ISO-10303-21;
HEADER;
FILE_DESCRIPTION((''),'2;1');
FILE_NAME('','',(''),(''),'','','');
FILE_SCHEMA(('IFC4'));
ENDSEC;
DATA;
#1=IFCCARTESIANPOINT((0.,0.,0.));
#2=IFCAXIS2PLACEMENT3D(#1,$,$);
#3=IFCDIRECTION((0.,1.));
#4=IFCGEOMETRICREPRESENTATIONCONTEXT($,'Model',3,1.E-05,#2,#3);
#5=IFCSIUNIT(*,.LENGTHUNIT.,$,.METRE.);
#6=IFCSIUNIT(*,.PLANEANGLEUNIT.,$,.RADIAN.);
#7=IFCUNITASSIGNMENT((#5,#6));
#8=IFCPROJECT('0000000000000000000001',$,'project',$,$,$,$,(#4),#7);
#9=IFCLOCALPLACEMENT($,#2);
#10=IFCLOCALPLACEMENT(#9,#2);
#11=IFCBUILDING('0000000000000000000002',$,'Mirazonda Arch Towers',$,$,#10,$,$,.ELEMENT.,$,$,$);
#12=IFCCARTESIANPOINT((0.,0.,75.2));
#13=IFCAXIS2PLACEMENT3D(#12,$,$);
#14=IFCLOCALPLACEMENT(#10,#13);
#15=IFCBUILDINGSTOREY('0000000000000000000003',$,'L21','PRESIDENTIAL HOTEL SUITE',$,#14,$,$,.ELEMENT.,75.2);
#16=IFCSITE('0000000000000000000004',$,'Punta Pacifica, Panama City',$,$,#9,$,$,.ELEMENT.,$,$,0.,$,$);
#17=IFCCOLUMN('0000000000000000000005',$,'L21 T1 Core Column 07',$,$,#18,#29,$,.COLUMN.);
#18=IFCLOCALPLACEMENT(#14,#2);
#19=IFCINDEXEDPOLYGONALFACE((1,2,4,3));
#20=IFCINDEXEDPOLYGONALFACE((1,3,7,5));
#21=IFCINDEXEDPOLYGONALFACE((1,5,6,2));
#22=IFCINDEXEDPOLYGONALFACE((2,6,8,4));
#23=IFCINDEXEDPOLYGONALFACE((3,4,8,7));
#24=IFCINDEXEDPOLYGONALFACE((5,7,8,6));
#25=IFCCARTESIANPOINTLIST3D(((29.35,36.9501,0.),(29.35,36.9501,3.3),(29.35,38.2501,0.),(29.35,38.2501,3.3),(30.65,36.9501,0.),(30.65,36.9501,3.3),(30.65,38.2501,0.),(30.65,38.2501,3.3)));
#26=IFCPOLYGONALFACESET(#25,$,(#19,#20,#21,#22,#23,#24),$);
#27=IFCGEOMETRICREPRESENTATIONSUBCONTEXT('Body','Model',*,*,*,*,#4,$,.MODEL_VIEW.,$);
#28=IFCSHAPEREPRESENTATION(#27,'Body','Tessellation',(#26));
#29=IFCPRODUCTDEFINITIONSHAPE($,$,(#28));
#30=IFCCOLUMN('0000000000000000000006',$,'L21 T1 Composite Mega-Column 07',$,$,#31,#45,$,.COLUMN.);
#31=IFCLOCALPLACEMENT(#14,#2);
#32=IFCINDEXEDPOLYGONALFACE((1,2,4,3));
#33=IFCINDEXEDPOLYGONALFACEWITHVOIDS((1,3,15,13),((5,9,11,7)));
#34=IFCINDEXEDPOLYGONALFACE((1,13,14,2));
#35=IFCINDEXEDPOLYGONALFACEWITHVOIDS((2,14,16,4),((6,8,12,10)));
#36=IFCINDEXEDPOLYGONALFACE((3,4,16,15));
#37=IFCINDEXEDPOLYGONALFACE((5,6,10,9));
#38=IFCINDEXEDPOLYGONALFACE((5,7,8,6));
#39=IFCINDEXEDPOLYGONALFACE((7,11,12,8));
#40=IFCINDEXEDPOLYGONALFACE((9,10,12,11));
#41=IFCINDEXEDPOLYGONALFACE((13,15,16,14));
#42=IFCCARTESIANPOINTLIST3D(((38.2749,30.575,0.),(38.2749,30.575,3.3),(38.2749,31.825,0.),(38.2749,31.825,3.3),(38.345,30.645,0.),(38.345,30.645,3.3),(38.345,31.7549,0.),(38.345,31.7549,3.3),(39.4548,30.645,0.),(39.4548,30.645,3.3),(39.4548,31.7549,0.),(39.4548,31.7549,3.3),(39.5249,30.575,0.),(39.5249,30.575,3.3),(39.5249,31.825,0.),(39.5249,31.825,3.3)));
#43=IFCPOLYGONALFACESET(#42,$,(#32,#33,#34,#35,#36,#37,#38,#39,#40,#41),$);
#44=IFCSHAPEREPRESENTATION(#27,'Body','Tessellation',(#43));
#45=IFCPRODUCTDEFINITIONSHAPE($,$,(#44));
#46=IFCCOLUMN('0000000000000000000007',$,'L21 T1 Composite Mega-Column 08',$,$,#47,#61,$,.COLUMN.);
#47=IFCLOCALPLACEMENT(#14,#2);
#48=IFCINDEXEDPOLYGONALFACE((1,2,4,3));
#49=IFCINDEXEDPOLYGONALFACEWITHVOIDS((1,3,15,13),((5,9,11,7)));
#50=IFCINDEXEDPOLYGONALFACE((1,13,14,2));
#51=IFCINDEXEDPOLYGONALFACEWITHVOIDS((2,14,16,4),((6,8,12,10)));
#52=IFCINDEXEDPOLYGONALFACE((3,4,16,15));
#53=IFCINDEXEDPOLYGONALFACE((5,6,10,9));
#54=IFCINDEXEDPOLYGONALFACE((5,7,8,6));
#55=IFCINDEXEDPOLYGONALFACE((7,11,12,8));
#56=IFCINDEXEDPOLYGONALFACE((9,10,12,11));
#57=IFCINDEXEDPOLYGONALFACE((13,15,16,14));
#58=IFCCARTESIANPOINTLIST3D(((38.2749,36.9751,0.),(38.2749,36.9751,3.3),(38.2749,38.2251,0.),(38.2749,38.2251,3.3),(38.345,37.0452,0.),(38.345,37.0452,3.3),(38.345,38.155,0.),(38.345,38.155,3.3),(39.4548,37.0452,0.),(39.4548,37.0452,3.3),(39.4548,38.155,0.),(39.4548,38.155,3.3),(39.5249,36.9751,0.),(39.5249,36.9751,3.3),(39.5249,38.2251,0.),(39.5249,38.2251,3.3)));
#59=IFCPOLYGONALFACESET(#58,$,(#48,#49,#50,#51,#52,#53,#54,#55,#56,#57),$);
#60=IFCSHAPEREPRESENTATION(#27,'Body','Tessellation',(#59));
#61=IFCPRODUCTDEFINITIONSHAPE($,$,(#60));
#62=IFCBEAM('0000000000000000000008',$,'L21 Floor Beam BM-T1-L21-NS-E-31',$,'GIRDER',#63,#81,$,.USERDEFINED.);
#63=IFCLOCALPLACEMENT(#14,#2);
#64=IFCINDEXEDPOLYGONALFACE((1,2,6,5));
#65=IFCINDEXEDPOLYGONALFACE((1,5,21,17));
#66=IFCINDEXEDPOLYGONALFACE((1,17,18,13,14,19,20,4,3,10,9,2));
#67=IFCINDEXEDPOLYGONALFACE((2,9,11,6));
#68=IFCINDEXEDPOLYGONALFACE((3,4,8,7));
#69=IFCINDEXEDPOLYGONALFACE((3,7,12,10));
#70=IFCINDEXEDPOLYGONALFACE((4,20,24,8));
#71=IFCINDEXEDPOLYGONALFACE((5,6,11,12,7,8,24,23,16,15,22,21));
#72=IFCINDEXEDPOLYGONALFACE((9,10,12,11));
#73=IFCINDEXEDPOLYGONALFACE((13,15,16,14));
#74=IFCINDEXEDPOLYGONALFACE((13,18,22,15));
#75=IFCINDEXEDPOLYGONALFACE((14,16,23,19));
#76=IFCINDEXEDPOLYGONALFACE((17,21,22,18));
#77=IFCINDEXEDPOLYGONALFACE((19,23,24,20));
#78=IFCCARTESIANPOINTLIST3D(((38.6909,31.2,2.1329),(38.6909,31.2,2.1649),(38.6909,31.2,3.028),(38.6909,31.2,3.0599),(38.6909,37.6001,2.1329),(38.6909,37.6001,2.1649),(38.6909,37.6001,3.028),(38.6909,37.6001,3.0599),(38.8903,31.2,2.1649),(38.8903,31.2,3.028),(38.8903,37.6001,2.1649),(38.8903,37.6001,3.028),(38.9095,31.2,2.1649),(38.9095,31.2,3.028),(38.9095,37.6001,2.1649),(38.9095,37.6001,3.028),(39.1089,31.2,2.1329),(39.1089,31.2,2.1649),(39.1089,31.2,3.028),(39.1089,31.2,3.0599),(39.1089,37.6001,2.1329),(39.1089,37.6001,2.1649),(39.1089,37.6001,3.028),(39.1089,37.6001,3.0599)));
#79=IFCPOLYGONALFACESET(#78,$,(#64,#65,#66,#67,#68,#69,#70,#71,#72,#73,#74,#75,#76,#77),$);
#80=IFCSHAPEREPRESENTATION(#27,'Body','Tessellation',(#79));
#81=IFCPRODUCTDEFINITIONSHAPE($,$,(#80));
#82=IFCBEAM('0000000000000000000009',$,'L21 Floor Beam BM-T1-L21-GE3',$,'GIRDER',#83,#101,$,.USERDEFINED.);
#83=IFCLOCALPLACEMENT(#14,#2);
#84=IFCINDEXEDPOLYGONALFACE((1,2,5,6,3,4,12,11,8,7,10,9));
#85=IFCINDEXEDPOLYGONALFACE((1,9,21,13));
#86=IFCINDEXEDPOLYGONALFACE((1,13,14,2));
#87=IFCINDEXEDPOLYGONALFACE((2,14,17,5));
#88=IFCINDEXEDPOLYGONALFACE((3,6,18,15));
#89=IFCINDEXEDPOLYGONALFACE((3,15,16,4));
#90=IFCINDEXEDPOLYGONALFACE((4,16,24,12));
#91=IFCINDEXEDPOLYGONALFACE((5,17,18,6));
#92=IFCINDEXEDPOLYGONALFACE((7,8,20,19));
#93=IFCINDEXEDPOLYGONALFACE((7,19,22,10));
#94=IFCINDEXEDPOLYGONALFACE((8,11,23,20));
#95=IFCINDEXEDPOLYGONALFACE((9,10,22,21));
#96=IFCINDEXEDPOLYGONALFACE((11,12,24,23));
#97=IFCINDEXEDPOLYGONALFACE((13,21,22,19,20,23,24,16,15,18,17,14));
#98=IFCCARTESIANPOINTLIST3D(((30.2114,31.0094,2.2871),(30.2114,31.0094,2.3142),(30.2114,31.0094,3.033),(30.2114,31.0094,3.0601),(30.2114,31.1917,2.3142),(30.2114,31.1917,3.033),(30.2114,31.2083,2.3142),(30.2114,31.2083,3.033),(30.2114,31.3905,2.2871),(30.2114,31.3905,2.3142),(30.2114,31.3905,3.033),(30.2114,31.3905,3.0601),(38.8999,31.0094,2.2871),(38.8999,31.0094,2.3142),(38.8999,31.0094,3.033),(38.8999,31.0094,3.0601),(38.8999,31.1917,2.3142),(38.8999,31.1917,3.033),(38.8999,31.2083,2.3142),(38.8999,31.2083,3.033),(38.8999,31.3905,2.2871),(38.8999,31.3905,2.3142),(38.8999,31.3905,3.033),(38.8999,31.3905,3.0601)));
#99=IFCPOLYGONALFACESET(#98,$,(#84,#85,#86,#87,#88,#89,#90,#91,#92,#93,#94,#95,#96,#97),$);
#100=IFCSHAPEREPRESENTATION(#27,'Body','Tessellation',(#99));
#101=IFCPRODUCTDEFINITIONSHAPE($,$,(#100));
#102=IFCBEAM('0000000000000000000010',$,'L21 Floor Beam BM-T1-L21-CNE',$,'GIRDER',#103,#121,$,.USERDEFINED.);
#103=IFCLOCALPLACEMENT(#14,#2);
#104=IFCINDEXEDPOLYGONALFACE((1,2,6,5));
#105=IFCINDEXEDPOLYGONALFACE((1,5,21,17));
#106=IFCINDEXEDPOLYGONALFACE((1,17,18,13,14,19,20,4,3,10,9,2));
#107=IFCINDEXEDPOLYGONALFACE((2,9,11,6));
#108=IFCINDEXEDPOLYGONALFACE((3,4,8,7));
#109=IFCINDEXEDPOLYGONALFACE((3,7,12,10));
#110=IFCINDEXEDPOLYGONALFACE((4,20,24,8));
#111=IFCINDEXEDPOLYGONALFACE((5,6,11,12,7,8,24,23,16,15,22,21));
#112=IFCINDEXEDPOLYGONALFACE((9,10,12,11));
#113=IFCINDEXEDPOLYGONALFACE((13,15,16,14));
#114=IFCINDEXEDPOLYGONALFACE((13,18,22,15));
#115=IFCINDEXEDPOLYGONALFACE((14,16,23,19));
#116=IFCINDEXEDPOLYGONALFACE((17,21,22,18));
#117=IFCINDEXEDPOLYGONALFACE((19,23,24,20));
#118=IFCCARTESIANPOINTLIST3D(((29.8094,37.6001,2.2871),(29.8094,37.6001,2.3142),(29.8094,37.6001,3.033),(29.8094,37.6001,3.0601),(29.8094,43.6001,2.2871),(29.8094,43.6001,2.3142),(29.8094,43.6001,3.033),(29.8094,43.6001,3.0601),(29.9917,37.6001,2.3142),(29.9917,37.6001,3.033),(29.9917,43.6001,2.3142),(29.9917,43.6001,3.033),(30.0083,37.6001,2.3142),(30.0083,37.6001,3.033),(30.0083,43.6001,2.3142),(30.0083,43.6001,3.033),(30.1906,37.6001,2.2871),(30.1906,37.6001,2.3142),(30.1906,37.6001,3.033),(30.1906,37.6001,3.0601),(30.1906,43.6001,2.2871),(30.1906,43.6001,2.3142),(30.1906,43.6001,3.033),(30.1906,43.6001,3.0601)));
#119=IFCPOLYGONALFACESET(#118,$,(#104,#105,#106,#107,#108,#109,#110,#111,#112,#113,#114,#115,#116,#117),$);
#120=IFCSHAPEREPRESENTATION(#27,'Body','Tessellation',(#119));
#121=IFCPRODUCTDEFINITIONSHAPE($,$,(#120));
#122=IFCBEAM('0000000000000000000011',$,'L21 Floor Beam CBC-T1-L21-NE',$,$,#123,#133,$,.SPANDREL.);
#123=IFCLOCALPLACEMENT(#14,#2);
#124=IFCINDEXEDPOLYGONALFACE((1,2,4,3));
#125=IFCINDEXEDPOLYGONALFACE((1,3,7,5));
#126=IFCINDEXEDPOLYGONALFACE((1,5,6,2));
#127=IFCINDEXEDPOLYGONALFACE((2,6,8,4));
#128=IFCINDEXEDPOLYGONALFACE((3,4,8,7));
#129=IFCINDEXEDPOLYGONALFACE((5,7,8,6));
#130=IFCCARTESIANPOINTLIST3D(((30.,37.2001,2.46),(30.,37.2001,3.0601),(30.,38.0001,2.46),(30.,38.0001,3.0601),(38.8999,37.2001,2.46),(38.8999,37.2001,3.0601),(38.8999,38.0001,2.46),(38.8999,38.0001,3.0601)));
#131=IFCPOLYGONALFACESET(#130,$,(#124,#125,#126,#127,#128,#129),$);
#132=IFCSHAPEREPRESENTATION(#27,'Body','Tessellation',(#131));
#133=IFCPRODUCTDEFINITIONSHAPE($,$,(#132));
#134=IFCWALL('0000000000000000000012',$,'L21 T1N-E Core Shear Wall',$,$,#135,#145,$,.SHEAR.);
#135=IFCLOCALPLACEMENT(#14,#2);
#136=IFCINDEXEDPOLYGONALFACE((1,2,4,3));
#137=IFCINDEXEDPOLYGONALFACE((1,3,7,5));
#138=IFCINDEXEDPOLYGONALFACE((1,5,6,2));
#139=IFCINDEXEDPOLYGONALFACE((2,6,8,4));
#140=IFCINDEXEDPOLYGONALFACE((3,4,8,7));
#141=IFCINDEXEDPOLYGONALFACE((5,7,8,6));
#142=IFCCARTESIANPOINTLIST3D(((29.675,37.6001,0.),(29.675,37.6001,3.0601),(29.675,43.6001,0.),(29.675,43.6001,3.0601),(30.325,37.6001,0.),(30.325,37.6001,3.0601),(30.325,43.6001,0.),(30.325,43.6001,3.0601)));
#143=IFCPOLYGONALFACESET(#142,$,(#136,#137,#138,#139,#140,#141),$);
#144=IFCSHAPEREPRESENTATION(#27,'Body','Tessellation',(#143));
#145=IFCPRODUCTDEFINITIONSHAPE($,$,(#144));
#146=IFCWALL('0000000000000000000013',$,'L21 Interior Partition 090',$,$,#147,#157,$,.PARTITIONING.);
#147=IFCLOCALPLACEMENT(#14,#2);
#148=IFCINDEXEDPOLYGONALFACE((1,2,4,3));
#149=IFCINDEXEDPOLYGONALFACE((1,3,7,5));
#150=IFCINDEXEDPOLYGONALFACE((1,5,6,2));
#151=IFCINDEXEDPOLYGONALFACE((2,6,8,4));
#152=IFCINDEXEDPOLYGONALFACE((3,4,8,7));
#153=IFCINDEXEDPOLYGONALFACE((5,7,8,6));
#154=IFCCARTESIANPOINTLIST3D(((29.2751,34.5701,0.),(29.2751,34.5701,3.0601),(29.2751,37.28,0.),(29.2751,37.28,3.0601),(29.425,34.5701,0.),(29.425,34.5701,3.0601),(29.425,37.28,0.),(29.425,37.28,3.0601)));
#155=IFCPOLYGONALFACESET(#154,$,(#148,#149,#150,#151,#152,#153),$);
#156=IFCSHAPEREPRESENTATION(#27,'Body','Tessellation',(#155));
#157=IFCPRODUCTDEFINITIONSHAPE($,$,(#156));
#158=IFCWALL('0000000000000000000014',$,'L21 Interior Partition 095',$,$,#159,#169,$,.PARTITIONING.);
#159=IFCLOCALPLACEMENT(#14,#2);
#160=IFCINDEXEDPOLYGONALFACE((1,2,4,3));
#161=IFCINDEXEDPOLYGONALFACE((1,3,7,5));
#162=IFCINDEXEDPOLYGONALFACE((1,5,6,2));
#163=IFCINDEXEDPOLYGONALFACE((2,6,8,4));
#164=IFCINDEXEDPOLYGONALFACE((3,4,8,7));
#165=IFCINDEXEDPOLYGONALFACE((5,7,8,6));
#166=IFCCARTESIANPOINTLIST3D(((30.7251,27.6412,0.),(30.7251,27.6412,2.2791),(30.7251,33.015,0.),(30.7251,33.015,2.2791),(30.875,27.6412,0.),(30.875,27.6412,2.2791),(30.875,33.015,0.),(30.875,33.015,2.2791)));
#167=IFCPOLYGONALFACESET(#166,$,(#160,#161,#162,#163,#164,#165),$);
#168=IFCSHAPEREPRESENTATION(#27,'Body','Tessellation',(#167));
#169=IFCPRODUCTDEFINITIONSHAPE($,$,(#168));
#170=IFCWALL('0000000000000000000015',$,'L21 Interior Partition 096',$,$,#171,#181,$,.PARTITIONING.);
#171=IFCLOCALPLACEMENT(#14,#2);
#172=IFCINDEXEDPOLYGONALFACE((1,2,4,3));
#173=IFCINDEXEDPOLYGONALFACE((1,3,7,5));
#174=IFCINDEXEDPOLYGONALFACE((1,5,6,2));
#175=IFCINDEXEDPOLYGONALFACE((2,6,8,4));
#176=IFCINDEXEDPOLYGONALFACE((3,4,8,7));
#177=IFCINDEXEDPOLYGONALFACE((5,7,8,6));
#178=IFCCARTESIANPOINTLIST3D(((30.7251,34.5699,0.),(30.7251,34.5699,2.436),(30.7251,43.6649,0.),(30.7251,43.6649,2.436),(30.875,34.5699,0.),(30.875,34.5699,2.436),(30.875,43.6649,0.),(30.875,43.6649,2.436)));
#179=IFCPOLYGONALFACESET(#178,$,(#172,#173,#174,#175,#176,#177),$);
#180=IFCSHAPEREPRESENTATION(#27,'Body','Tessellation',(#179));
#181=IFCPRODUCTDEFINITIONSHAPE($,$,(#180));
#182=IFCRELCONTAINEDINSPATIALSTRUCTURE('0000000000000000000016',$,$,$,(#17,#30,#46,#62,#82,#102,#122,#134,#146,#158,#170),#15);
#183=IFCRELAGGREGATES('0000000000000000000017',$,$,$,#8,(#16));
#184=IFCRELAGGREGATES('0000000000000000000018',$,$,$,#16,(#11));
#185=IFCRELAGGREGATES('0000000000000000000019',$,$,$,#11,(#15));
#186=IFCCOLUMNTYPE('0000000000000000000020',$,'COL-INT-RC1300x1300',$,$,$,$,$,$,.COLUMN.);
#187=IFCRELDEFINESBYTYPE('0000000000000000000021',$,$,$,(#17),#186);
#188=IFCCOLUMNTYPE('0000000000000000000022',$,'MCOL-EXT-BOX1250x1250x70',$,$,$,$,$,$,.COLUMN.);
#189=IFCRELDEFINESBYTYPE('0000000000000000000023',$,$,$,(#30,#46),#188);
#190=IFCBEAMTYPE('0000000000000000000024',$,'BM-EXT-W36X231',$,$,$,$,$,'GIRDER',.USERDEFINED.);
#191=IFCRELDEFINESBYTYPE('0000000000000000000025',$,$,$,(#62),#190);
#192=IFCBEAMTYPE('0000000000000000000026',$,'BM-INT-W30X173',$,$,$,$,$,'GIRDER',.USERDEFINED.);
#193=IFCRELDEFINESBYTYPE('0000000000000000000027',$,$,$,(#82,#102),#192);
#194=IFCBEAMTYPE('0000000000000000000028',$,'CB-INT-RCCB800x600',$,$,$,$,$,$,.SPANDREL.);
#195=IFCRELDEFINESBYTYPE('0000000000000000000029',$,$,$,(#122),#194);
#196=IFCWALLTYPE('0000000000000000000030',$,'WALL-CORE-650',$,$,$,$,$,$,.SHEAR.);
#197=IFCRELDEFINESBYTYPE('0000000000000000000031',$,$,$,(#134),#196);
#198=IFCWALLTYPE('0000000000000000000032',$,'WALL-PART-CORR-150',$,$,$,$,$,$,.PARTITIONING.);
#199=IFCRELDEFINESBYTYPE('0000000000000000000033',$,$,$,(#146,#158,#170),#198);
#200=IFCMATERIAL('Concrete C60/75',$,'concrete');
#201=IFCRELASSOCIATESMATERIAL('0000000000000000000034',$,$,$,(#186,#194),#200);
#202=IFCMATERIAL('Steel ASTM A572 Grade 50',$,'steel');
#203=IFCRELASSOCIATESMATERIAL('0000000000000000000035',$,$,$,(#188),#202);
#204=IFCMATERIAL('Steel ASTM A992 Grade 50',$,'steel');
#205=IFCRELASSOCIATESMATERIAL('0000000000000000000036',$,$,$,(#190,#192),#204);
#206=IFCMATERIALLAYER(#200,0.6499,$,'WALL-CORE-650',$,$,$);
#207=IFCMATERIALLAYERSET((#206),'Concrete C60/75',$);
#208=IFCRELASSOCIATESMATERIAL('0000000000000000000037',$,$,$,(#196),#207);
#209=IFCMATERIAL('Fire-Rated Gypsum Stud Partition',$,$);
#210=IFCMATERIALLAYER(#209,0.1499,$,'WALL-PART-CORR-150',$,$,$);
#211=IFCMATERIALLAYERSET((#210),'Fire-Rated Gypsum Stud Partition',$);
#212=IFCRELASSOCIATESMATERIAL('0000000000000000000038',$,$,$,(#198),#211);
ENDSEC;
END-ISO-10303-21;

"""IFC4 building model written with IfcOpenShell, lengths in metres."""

from ifc_helpers import new_model, si_unit, direction, frame, frame_2d, origin, origin_2d, place, context, subcontext, project, spatial, rectangle, hollow_rectangle, i_section, extrude, material, layer, layer_set, material_profile, profile_set, type_object, element, save


model = new_model("IFC4")

# Units and contexts
model_context = context("Model", 3, precision=1e-05, world=origin(), true_north=direction((0.0, 1.0)))
body_context = subcontext(model_context, "Body", "Model", "MODEL_VIEW")
ifc_project = project(units=[si_unit("LENGTHUNIT", "METRE"), si_unit("PLANEANGLEUNIT", "RADIAN")], contexts=[model_context])

# Site, building, storey
site_placement = place(None, origin())
site = spatial("IfcSite", under=ifc_project, at=site_placement, Name="Punta Pacifica, Panama City", CompositionType="ELEMENT", RefElevation=0.0)
building_placement = place(site_placement, origin())
building = spatial("IfcBuilding", under=site, at=building_placement, Name="Mirazonda Arch Towers", CompositionType="ELEMENT")
storey_placement = place(building_placement, frame((0.0, 0.0, 75.2)))
storey = spatial("IfcBuildingStorey", under=building, at=storey_placement, Name="L21", Description="PRESIDENTIAL HOTEL SUITE", CompositionType="ELEMENT", Elevation=75.2)

# Columns
ifc_material_1 = material(Name="Concrete C60/75", Category="concrete")
ifc_material_profile_1 = material_profile(ifc_material_1, rectangle(XDim=1.3, YDim=1.3, at=origin_2d()), Name="RC1300x1300")
ifc_profile_set_1 = profile_set([ifc_material_profile_1], Name="Concrete C60/75")
column_type_1 = type_object("IfcColumnType", Name="COL-INT-RC1300x1300", PredefinedType="COLUMN", material=ifc_profile_set_1)
column_placement = place(storey_placement, frame((30.0, 37.6001, 0.0), z_axis=(0.0, 0.0, 1.0), x_axis=(1.0, 0.0, 0.0)))
element("IfcColumn", 1, at=column_placement, inside=storey, type_object=column_type_1, Name="L21 T1 Core Column 07", PredefinedType="COLUMN", context=body_context, shape_type="SweptSolid", body=[
    extrude(rectangle(XDim=1.3, YDim=1.3, at=origin_2d()), origin(), (0.0, 0.0, 1.0), 3.3),
])
ifc_material_2 = material(Name="Steel ASTM A572 Grade 50", Category="steel")
ifc_material_profile_2 = material_profile(ifc_material_2, hollow_rectangle(XDim=1.25, YDim=1.25, WallThickness=0.0701, at=origin_2d()), Name="BOX1250x1250x70")
ifc_profile_set_2 = profile_set([ifc_material_profile_2], Name="Steel ASTM A572 Grade 50")
column_type_2 = type_object("IfcColumnType", Name="MCOL-EXT-BOX1250x1250x70", PredefinedType="COLUMN", material=ifc_profile_set_2)
for number, where, z_axis, x_axis, name in (
    (2, (38.8999, 31.2, 0.0), (0.0, 0.0, 1.0), (1.0, 0.0, 0.0), "L21 T1 Composite Mega-Column 07"),
    (3, (38.8999, 37.6001, 0.0), (0.0, 0.0, 1.0), (1.0, 0.0, 0.0), "L21 T1 Composite Mega-Column 08"),
):
    element("IfcColumn", number, at=place(storey_placement, frame(where, z_axis=z_axis, x_axis=x_axis)), inside=storey, type_object=column_type_2, Name=name, PredefinedType="COLUMN", context=body_context, shape_type="SweptSolid", body=[
        extrude(hollow_rectangle(XDim=1.25, YDim=1.25, WallThickness=0.0701, at=origin_2d()), origin(), (0.0, 0.0, 1.0), 3.3),
    ])

# Beams
ifc_material_3 = material(Name="Steel ASTM A992 Grade 50", Category="steel")
ifc_material_profile_3 = material_profile(ifc_material_3, i_section(OverallWidth=0.418, OverallDepth=0.927, WebThickness=0.0193, FlangeThickness=0.032, at=origin_2d()), Name="W36X231")
ifc_profile_set_3 = profile_set([ifc_material_profile_3], Name="Steel ASTM A992 Grade 50")
beam_type_1 = type_object("IfcBeamType", Name="BM-EXT-W36X231", ElementType="GIRDER", PredefinedType="USERDEFINED", material=ifc_profile_set_3)
beam_1_placement = place(storey_placement, frame((38.8999, 31.2, 2.5964), z_axis=(0.0, 1.0, 0.0), x_axis=(-1.0, 0.0, 0.0)))
element("IfcBeam", 4, at=beam_1_placement, inside=storey, type_object=beam_type_1, Name="L21 Floor Beam BM-T1-L21-NS-E-31", ObjectType="GIRDER", PredefinedType="USERDEFINED", context=body_context, shape_type="SweptSolid", body=[
    extrude(i_section(OverallWidth=0.418, OverallDepth=0.927, WebThickness=0.0193, FlangeThickness=0.032, at=origin_2d()), origin(), (0.0, 0.0, 1.0), 6.4001),
])
ifc_material_profile_4 = material_profile(ifc_material_3, i_section(OverallWidth=0.3811, OverallDepth=0.7729, WebThickness=0.0166, FlangeThickness=0.0271, at=origin_2d()), Name="W30X173")
ifc_profile_set_4 = profile_set([ifc_material_profile_4], Name="Steel ASTM A992 Grade 50")
beam_type_2 = type_object("IfcBeamType", Name="BM-INT-W30X173", ElementType="GIRDER", PredefinedType="USERDEFINED", material=ifc_profile_set_4)
beam_2_placement = place(storey_placement, frame((30.2114, 31.2, 2.6736), z_axis=(1.0, 0.0, 0.0), x_axis=(0.0, 1.0, 0.0)))
element("IfcBeam", 5, at=beam_2_placement, inside=storey, type_object=beam_type_2, Name="L21 Floor Beam BM-T1-L21-GE3", ObjectType="GIRDER", PredefinedType="USERDEFINED", context=body_context, shape_type="SweptSolid", body=[
    extrude(i_section(OverallWidth=0.3811, OverallDepth=0.7729, WebThickness=0.0166, FlangeThickness=0.0271, at=origin_2d()), origin(), (0.0, 0.0, 1.0), 8.6885),
])
beam_3_placement = place(storey_placement, frame((30.0, 37.6001, 2.6736), z_axis=(0.0, 1.0, 0.0), x_axis=(-1.0, 0.0, 0.0)))
element("IfcBeam", 6, at=beam_3_placement, inside=storey, type_object=beam_type_2, Name="L21 Floor Beam BM-T1-L21-CNE", ObjectType="GIRDER", PredefinedType="USERDEFINED", context=body_context, shape_type="SweptSolid", body=[
    extrude(i_section(OverallWidth=0.3811, OverallDepth=0.7729, WebThickness=0.0166, FlangeThickness=0.0271, at=origin_2d()), origin(), (0.0, 0.0, 1.0), 6.0),
])
ifc_material_profile_5 = material_profile(ifc_material_1, rectangle(XDim=0.8, YDim=0.6001, at=origin_2d()), Name="RCCB800x600")
ifc_profile_set_5 = profile_set([ifc_material_profile_5], Name="Concrete C60/75")
beam_type_3 = type_object("IfcBeamType", Name="CB-INT-RCCB800x600", PredefinedType="SPANDREL", material=ifc_profile_set_5)
beam_4_placement = place(storey_placement, frame((30.0, 37.6001, 2.76), z_axis=(1.0, 0.0, 0.0), x_axis=(0.0, 1.0, 0.0)))
element("IfcBeam", 7, at=beam_4_placement, inside=storey, type_object=beam_type_3, Name="L21 Floor Beam CBC-T1-L21-NE", PredefinedType="SPANDREL", context=body_context, shape_type="SweptSolid", body=[
    extrude(rectangle(XDim=0.8, YDim=0.6001, at=origin_2d()), origin(), (0.0, 0.0, 1.0), 8.8999),
])

# Walls
ifc_layer_1 = layer(ifc_material_1, 0.6499, Name="WALL-CORE-650")
ifc_layer_set_1 = layer_set([ifc_layer_1], Name="Concrete C60/75")
wall_type_1 = type_object("IfcWallType", Name="WALL-CORE-650", PredefinedType="SHEAR", material=ifc_layer_set_1)
wall_1_placement = place(storey_placement, frame((30.0, 37.6001, 0.0), z_axis=(0.0, 0.0, 1.0), x_axis=(0.0, 1.0, 0.0)))
element("IfcWall", 8, at=wall_1_placement, inside=storey, type_object=wall_type_1, Name="L21 T1N-E Core Shear Wall", PredefinedType="SHEAR", context=body_context, shape_type="SweptSolid", body=[
    extrude(rectangle(XDim=6.0, YDim=0.6499, at=frame_2d((3.0, 0.0))), origin(), (0.0, 0.0, 1.0), 3.0601),
])
ifc_material_4 = material(Name="Fire-Rated Gypsum Stud Partition")
ifc_layer_2 = layer(ifc_material_4, 0.1499, Name="WALL-PART-CORR-150")
ifc_layer_set_2 = layer_set([ifc_layer_2], Name="Fire-Rated Gypsum Stud Partition")
wall_type_2 = type_object("IfcWallType", Name="WALL-PART-CORR-150", PredefinedType="PARTITIONING", material=ifc_layer_set_2)
wall_2_placement = place(storey_placement, frame((29.3501, 34.5701, 0.0), z_axis=(0.0, 0.0, 1.0), x_axis=(0.0, 1.0, 0.0)))
element("IfcWall", 9, at=wall_2_placement, inside=storey, type_object=wall_type_2, Name="L21 Interior Partition 090", PredefinedType="PARTITIONING", context=body_context, shape_type="SweptSolid", body=[
    extrude(rectangle(XDim=2.71, YDim=0.1499, at=frame_2d((1.355, 0.0))), origin(), (0.0, 0.0, 1.0), 3.0601),
])
wall_3_placement = place(storey_placement, frame((30.8, 27.6411, 0.0), z_axis=(0.0, 0.0, 1.0), x_axis=(0.0, 1.0, 0.0)))
element("IfcWall", 10, at=wall_3_placement, inside=storey, type_object=wall_type_2, Name="L21 Interior Partition 095", PredefinedType="PARTITIONING", context=body_context, shape_type="SweptSolid", body=[
    extrude(rectangle(XDim=5.3738, YDim=0.1499, at=frame_2d((2.687, 0.0))), origin(), (0.0, 0.0, 1.0), 2.2791),
])
wall_4_placement = place(storey_placement, frame((30.8, 34.5701, 0.0), z_axis=(0.0, 0.0, 1.0), x_axis=(0.0, 1.0, 0.0)))
element("IfcWall", 11, at=wall_4_placement, inside=storey, type_object=wall_type_2, Name="L21 Interior Partition 096", PredefinedType="PARTITIONING", context=body_context, shape_type="SweptSolid", body=[
    extrude(rectangle(XDim=9.095, YDim=0.1499, at=frame_2d((4.5474, 0.0))), origin(), (0.0, 0.0, 1.0), 2.436),
])

save(model, "model.ifc")
